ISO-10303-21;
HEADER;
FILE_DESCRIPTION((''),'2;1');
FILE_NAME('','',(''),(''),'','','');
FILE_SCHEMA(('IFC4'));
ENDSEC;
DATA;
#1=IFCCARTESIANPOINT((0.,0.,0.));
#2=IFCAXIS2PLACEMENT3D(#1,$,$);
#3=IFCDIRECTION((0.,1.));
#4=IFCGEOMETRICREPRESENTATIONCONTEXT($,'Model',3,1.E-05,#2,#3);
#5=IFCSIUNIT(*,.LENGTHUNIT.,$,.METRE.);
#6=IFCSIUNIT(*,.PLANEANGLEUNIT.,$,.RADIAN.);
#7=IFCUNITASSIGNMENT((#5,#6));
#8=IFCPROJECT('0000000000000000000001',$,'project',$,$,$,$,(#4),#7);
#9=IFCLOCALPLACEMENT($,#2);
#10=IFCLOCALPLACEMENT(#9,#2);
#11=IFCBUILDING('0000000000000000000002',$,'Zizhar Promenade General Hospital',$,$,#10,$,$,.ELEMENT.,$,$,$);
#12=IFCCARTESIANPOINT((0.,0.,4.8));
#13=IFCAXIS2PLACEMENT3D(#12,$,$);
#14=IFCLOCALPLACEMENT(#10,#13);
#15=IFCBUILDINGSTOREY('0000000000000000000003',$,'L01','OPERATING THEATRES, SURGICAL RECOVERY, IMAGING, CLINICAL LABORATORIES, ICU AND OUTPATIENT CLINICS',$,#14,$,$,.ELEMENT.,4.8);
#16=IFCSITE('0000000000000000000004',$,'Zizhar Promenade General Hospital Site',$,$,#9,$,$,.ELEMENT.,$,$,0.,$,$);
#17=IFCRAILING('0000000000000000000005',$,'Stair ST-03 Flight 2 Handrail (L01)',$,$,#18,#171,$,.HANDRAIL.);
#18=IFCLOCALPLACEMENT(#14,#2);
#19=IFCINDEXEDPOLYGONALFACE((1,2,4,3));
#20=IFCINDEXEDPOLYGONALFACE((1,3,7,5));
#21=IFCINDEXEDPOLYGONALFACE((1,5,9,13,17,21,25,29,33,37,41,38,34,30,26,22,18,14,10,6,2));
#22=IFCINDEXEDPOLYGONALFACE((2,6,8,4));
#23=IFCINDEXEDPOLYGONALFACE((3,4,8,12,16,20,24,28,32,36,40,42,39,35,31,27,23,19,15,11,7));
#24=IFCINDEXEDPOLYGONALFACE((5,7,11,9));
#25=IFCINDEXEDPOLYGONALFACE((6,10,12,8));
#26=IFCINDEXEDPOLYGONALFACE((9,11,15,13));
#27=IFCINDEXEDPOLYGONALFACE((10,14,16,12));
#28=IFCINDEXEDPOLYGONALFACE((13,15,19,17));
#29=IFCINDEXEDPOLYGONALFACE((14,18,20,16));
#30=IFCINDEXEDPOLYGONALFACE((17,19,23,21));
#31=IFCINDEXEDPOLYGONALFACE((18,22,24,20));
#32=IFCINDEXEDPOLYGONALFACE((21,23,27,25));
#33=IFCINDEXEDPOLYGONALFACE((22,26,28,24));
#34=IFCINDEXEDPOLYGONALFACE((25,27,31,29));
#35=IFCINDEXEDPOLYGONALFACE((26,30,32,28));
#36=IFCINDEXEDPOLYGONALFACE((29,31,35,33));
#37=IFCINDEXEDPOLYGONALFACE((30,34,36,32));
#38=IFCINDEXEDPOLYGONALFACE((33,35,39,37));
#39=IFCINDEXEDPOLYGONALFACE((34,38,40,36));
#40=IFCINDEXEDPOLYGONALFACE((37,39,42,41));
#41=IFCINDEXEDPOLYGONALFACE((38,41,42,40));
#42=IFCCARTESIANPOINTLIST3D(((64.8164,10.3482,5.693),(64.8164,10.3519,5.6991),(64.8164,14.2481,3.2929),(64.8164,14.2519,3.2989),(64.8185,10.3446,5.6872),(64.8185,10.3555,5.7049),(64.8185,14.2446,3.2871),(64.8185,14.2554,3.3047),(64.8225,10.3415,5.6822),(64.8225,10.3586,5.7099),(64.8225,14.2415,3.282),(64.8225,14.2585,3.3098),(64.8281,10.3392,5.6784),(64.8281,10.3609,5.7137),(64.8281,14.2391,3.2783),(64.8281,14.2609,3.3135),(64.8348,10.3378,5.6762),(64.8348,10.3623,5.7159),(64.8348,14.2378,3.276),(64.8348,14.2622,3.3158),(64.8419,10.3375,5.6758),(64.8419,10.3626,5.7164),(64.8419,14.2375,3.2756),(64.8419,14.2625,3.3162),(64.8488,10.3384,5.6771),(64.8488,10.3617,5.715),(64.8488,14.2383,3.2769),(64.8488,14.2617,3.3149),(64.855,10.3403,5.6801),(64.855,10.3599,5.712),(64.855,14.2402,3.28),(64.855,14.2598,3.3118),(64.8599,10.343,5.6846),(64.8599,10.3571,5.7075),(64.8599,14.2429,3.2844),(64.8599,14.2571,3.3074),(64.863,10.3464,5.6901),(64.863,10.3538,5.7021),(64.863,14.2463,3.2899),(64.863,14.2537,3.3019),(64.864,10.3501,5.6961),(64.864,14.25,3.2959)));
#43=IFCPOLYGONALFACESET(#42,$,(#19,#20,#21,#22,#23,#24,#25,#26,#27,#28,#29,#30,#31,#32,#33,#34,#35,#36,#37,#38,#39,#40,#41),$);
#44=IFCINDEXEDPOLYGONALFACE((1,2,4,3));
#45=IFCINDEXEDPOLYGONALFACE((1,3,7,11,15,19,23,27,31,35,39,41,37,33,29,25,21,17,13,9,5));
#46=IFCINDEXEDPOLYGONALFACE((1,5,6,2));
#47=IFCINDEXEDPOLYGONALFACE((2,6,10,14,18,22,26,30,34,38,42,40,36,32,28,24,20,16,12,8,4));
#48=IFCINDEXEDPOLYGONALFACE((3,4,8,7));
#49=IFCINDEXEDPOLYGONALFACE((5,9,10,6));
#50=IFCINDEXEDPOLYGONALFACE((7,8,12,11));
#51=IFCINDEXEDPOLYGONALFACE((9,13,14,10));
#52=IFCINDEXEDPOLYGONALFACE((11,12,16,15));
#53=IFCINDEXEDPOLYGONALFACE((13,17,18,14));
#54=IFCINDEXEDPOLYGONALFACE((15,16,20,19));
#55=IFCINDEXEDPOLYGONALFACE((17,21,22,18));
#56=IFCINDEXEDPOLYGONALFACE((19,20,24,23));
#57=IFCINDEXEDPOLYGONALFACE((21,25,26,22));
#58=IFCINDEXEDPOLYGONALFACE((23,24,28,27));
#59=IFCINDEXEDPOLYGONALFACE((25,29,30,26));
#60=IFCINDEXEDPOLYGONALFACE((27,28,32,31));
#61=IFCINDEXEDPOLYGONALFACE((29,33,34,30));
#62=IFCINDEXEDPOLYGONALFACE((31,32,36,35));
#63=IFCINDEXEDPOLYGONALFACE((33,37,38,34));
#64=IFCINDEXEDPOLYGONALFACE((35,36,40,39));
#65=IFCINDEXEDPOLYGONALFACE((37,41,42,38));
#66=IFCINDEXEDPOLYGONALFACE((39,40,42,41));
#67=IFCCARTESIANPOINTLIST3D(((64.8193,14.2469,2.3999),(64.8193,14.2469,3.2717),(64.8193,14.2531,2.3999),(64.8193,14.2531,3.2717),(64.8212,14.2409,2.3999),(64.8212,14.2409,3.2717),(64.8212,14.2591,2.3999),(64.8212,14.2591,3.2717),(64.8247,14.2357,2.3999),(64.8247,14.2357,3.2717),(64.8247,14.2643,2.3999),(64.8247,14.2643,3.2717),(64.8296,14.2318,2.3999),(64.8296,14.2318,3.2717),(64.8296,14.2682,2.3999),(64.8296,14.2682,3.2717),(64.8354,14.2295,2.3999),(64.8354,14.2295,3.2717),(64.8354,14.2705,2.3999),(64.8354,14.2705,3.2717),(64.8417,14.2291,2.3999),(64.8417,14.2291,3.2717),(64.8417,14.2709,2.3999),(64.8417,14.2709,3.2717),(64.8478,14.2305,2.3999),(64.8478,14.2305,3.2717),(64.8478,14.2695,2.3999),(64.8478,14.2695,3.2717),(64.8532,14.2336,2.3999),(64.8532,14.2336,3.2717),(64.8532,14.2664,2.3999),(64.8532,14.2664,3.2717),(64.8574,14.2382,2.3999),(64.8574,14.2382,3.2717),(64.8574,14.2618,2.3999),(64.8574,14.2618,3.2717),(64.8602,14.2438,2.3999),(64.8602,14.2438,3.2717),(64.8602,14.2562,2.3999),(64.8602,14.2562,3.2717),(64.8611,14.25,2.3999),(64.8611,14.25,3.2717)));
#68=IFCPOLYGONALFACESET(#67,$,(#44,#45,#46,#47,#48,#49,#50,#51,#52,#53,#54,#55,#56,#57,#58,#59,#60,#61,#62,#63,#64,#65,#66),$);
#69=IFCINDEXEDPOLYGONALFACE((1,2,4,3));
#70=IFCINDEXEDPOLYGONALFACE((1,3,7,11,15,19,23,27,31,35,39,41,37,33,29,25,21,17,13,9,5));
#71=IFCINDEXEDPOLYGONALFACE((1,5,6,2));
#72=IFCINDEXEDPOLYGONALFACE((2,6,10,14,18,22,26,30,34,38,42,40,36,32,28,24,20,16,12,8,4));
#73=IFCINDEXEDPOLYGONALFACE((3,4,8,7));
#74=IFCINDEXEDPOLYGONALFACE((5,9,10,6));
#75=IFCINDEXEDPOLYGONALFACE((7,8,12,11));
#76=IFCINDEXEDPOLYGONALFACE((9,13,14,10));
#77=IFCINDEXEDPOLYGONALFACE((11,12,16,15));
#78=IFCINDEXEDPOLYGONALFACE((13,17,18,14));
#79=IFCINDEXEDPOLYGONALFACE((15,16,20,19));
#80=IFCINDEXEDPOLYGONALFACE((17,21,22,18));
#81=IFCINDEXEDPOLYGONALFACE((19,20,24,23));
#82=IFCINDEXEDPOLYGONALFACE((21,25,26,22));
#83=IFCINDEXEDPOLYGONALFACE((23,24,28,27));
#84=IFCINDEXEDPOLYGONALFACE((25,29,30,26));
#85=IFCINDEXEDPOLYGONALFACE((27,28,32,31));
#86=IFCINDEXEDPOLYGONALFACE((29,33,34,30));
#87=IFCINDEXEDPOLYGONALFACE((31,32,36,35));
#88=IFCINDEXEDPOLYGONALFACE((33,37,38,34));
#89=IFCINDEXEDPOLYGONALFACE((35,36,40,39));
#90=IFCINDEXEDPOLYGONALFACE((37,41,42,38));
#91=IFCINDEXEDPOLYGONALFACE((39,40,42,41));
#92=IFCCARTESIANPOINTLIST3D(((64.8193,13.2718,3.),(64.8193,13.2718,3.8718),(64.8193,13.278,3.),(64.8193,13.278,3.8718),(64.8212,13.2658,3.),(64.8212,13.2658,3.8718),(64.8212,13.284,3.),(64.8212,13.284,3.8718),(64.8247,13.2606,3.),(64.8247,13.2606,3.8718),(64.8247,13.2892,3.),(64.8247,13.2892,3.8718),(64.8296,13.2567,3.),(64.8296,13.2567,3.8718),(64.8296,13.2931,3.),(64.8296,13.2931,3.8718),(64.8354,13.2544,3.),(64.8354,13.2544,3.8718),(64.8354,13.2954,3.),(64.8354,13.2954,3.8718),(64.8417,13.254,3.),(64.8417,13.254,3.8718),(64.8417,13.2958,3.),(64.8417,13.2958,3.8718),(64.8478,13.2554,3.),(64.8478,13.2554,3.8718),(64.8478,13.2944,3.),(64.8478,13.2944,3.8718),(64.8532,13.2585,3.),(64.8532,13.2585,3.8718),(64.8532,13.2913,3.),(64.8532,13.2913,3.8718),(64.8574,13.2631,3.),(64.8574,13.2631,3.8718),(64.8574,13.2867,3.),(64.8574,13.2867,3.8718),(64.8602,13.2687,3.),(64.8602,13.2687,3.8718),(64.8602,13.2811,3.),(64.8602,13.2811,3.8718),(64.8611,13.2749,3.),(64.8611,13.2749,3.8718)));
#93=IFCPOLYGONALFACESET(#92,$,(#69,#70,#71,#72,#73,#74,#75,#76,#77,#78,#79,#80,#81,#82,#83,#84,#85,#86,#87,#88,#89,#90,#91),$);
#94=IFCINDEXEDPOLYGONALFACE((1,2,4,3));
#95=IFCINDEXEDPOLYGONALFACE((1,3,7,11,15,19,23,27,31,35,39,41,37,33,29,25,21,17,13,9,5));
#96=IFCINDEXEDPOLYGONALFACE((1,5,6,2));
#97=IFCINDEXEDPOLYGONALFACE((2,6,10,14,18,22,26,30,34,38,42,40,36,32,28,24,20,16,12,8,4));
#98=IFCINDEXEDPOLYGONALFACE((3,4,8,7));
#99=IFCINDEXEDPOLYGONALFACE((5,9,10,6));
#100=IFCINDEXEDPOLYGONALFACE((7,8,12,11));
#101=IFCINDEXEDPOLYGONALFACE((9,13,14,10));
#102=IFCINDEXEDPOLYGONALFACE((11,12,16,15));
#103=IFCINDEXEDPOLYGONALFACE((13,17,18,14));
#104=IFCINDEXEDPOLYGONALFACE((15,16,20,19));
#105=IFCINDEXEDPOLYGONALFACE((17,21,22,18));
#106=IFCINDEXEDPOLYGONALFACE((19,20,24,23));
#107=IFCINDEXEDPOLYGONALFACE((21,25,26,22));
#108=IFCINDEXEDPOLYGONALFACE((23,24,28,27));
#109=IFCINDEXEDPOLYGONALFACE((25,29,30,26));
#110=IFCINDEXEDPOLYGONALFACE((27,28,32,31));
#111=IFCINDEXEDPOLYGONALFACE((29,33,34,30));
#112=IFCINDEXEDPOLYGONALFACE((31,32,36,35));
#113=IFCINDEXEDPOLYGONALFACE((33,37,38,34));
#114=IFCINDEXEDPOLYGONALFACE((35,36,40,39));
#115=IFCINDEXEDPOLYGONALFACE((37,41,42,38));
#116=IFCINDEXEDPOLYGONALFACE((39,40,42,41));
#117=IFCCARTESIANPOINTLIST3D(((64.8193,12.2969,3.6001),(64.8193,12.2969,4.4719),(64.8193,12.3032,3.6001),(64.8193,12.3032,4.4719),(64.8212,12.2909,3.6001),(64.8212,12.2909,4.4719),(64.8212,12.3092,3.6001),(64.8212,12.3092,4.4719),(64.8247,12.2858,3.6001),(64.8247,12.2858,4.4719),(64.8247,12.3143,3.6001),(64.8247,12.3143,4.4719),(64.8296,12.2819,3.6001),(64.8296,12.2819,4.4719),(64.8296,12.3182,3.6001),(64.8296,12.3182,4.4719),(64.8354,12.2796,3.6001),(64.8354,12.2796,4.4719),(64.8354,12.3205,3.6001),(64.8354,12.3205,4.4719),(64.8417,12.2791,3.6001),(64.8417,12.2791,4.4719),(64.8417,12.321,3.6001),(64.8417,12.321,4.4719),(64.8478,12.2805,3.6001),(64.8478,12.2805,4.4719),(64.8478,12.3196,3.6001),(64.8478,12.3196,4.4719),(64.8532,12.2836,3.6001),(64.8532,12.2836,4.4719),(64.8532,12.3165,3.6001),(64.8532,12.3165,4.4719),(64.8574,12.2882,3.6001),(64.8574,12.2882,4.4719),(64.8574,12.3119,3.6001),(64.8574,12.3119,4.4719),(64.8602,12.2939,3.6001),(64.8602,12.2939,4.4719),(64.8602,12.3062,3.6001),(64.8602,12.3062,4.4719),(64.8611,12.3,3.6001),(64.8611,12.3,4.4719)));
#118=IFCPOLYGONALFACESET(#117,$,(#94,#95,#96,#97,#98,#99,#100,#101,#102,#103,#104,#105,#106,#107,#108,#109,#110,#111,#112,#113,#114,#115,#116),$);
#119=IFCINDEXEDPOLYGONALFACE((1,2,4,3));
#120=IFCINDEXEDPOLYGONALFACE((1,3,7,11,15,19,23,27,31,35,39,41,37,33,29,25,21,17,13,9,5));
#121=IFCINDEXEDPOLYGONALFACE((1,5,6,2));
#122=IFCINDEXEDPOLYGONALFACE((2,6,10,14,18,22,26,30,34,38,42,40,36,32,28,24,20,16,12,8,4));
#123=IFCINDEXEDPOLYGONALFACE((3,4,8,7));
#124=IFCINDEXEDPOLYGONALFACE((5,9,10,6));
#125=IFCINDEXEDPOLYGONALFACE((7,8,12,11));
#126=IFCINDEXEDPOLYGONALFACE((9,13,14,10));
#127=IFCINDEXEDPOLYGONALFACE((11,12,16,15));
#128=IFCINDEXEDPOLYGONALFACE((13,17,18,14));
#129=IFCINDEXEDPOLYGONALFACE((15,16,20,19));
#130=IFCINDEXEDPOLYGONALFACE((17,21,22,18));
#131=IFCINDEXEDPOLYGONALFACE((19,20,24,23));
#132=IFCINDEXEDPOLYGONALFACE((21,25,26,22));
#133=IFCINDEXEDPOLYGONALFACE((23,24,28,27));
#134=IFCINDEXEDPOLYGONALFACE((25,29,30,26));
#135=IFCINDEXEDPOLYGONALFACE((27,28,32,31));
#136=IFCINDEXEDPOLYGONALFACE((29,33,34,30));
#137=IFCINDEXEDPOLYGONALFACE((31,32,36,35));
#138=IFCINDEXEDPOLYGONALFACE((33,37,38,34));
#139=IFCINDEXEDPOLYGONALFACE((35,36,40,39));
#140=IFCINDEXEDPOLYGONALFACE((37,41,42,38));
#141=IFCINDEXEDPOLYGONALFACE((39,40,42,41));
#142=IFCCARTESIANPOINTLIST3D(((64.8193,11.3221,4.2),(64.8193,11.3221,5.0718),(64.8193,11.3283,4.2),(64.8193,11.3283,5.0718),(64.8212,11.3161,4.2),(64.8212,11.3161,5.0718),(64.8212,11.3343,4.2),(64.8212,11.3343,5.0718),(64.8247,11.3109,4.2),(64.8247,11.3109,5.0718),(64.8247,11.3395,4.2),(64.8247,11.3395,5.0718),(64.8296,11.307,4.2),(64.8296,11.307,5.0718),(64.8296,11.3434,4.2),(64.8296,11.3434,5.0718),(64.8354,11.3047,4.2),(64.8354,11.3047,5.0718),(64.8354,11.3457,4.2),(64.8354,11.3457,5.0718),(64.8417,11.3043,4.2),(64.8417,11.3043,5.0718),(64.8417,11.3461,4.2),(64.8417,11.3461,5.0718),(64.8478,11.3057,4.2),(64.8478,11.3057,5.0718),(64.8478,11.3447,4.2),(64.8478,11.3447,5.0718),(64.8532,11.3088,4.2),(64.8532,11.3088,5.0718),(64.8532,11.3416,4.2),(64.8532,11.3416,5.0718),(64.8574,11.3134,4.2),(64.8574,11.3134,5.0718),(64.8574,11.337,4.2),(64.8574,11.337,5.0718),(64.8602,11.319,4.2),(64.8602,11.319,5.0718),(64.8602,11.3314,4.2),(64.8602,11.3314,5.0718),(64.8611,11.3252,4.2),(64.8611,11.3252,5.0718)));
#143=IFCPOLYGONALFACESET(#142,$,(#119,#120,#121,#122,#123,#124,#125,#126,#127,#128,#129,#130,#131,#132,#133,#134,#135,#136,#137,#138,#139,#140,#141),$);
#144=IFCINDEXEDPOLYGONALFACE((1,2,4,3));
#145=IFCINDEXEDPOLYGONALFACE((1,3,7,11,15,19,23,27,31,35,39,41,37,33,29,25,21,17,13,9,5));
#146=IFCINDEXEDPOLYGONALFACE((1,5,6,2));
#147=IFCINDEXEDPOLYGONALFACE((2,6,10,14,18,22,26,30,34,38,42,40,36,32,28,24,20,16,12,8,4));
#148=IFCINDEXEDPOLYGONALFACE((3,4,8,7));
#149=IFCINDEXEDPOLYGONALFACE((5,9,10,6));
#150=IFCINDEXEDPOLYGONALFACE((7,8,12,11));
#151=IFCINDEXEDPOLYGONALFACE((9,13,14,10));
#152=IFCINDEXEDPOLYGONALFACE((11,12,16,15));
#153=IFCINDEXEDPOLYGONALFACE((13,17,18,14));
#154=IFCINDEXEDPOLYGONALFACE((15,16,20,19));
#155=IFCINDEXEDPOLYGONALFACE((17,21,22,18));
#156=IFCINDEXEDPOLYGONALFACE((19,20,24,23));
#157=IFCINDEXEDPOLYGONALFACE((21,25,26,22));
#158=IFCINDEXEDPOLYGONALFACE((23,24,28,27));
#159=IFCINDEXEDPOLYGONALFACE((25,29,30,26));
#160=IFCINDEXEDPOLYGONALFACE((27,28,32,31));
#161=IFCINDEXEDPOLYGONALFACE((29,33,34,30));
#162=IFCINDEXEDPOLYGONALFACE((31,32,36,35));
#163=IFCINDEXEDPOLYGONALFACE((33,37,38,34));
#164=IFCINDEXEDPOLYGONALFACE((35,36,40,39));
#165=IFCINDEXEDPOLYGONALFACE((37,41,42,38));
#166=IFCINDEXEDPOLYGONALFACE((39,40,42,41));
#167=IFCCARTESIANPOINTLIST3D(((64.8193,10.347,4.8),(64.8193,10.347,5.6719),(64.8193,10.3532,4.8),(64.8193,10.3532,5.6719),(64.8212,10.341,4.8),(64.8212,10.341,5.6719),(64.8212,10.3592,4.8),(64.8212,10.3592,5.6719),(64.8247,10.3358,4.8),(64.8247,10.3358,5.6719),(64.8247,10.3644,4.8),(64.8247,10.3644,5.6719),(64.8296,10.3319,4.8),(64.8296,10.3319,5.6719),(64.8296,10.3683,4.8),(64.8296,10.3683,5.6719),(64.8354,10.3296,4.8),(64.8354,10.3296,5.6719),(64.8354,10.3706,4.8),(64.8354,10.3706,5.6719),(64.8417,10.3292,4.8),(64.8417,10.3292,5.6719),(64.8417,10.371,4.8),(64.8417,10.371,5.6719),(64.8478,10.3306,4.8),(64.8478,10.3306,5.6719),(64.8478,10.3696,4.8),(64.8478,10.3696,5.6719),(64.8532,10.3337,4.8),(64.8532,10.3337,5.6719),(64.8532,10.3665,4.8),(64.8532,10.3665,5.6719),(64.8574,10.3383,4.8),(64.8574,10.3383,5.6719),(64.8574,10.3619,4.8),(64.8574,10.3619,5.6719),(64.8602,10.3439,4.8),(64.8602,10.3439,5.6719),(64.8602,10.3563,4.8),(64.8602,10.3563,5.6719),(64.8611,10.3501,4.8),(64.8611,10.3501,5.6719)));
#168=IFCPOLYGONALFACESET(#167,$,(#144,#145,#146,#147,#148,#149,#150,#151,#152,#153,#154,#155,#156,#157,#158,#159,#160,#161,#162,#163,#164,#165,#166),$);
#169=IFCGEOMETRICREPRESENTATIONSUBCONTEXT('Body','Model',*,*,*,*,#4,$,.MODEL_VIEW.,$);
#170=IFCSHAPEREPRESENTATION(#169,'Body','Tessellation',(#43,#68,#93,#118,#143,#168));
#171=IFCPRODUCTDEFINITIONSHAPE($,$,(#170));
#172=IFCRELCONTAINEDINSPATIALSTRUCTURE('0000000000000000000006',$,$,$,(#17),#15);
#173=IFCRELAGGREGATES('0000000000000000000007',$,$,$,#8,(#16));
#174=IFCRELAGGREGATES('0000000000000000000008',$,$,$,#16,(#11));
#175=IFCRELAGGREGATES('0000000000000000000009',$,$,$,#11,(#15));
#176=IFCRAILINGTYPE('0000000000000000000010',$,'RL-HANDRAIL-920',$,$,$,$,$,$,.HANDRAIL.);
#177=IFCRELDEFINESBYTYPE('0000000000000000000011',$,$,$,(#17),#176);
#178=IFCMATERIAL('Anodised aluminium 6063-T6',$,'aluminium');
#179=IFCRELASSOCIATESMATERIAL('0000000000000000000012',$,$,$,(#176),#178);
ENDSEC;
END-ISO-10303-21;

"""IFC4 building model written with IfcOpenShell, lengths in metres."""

from ifc_helpers import new_model, si_unit, direction, frame, origin, origin_2d, place, context, subcontext, project, spatial, circle, hollow_circle, extrude, material, material_profile, profile_set, type_object, element, save


model = new_model("IFC4")

# Units and contexts
model_context = context("Model", 3, precision=1e-05, world=origin(), true_north=direction((0.0, 1.0)))
body_context = subcontext(model_context, "Body", "Model", "MODEL_VIEW")
ifc_project = project(units=[si_unit("LENGTHUNIT", "METRE"), si_unit("PLANEANGLEUNIT", "RADIAN")], contexts=[model_context])

# Site, building, storey
site_placement = place(None, origin())
site = spatial("IfcSite", under=ifc_project, at=site_placement, Name="Zizhar Promenade General Hospital Site", CompositionType="ELEMENT", RefElevation=0.0)
building_placement = place(site_placement, origin())
building = spatial("IfcBuilding", under=site, at=building_placement, Name="Zizhar Promenade General Hospital", CompositionType="ELEMENT")
storey_placement = place(building_placement, frame((0.0, 0.0, 4.8)))
storey = spatial("IfcBuildingStorey", under=building, at=storey_placement, Name="L01", Description="OPERATING THEATRES, SURGICAL RECOVERY, IMAGING, CLINICAL LABORATORIES, ICU AND OUTPATIENT CLINICS", CompositionType="ELEMENT", Elevation=4.8)

# Railing
ifc_material_1 = material(Name="Anodised aluminium 6063-T6", Category="aluminium")
ifc_material_profile_1 = material_profile(ifc_material_1, hollow_circle(Radius=0.0698, WallThickness=0.0063, at=origin_2d()))
ifc_profile_set_1 = profile_set([ifc_material_profile_1], Name="Anodised aluminium 6063-T6")
railing_type_1 = type_object("IfcRailingType", Name="RL-HANDRAIL-920", PredefinedType="HANDRAIL", material=ifc_profile_set_1)
railing_1_placement = place(storey_placement, frame((64.8401, 14.25, 2.3999)))
element("IfcRailing", 1, at=railing_1_placement, inside=storey, type_object=railing_type_1, Name="Stair ST-03 Flight 2 Handrail (L01)", PredefinedType="HANDRAIL", context=body_context, shape_type="SweptSolid", body=[
    extrude(circle(Radius=0.0239, at=origin_2d()), frame((0.0, 0.0, 0.896), z_axis=(0.0, -0.851638, 0.52413), x_axis=(1.0, 0.0, 0.0)), (0.0, 0.0, 1.0), 4.5793),
    extrude(circle(Radius=0.021, at=origin_2d()), origin(), (0.0, 0.0, 1.0), 0.8718),
    extrude(circle(Radius=0.021, at=origin_2d()), frame((0.0, -0.9751, 0.6001)), (0.0, 0.0, 1.0), 0.8718),
    extrude(circle(Radius=0.021, at=origin_2d()), frame((0.0, -1.95, 1.2002)), (0.0, 0.0, 1.0), 0.8718),
    extrude(circle(Radius=0.021, at=origin_2d()), frame((0.0, -2.9248, 1.8)), (0.0, 0.0, 1.0), 0.8718),
    extrude(circle(Radius=0.021, at=origin_2d()), frame((0.0, -3.8999, 2.4001)), (0.0, 0.0, 1.0), 0.8718),
])

save(model, "model.ifc")
